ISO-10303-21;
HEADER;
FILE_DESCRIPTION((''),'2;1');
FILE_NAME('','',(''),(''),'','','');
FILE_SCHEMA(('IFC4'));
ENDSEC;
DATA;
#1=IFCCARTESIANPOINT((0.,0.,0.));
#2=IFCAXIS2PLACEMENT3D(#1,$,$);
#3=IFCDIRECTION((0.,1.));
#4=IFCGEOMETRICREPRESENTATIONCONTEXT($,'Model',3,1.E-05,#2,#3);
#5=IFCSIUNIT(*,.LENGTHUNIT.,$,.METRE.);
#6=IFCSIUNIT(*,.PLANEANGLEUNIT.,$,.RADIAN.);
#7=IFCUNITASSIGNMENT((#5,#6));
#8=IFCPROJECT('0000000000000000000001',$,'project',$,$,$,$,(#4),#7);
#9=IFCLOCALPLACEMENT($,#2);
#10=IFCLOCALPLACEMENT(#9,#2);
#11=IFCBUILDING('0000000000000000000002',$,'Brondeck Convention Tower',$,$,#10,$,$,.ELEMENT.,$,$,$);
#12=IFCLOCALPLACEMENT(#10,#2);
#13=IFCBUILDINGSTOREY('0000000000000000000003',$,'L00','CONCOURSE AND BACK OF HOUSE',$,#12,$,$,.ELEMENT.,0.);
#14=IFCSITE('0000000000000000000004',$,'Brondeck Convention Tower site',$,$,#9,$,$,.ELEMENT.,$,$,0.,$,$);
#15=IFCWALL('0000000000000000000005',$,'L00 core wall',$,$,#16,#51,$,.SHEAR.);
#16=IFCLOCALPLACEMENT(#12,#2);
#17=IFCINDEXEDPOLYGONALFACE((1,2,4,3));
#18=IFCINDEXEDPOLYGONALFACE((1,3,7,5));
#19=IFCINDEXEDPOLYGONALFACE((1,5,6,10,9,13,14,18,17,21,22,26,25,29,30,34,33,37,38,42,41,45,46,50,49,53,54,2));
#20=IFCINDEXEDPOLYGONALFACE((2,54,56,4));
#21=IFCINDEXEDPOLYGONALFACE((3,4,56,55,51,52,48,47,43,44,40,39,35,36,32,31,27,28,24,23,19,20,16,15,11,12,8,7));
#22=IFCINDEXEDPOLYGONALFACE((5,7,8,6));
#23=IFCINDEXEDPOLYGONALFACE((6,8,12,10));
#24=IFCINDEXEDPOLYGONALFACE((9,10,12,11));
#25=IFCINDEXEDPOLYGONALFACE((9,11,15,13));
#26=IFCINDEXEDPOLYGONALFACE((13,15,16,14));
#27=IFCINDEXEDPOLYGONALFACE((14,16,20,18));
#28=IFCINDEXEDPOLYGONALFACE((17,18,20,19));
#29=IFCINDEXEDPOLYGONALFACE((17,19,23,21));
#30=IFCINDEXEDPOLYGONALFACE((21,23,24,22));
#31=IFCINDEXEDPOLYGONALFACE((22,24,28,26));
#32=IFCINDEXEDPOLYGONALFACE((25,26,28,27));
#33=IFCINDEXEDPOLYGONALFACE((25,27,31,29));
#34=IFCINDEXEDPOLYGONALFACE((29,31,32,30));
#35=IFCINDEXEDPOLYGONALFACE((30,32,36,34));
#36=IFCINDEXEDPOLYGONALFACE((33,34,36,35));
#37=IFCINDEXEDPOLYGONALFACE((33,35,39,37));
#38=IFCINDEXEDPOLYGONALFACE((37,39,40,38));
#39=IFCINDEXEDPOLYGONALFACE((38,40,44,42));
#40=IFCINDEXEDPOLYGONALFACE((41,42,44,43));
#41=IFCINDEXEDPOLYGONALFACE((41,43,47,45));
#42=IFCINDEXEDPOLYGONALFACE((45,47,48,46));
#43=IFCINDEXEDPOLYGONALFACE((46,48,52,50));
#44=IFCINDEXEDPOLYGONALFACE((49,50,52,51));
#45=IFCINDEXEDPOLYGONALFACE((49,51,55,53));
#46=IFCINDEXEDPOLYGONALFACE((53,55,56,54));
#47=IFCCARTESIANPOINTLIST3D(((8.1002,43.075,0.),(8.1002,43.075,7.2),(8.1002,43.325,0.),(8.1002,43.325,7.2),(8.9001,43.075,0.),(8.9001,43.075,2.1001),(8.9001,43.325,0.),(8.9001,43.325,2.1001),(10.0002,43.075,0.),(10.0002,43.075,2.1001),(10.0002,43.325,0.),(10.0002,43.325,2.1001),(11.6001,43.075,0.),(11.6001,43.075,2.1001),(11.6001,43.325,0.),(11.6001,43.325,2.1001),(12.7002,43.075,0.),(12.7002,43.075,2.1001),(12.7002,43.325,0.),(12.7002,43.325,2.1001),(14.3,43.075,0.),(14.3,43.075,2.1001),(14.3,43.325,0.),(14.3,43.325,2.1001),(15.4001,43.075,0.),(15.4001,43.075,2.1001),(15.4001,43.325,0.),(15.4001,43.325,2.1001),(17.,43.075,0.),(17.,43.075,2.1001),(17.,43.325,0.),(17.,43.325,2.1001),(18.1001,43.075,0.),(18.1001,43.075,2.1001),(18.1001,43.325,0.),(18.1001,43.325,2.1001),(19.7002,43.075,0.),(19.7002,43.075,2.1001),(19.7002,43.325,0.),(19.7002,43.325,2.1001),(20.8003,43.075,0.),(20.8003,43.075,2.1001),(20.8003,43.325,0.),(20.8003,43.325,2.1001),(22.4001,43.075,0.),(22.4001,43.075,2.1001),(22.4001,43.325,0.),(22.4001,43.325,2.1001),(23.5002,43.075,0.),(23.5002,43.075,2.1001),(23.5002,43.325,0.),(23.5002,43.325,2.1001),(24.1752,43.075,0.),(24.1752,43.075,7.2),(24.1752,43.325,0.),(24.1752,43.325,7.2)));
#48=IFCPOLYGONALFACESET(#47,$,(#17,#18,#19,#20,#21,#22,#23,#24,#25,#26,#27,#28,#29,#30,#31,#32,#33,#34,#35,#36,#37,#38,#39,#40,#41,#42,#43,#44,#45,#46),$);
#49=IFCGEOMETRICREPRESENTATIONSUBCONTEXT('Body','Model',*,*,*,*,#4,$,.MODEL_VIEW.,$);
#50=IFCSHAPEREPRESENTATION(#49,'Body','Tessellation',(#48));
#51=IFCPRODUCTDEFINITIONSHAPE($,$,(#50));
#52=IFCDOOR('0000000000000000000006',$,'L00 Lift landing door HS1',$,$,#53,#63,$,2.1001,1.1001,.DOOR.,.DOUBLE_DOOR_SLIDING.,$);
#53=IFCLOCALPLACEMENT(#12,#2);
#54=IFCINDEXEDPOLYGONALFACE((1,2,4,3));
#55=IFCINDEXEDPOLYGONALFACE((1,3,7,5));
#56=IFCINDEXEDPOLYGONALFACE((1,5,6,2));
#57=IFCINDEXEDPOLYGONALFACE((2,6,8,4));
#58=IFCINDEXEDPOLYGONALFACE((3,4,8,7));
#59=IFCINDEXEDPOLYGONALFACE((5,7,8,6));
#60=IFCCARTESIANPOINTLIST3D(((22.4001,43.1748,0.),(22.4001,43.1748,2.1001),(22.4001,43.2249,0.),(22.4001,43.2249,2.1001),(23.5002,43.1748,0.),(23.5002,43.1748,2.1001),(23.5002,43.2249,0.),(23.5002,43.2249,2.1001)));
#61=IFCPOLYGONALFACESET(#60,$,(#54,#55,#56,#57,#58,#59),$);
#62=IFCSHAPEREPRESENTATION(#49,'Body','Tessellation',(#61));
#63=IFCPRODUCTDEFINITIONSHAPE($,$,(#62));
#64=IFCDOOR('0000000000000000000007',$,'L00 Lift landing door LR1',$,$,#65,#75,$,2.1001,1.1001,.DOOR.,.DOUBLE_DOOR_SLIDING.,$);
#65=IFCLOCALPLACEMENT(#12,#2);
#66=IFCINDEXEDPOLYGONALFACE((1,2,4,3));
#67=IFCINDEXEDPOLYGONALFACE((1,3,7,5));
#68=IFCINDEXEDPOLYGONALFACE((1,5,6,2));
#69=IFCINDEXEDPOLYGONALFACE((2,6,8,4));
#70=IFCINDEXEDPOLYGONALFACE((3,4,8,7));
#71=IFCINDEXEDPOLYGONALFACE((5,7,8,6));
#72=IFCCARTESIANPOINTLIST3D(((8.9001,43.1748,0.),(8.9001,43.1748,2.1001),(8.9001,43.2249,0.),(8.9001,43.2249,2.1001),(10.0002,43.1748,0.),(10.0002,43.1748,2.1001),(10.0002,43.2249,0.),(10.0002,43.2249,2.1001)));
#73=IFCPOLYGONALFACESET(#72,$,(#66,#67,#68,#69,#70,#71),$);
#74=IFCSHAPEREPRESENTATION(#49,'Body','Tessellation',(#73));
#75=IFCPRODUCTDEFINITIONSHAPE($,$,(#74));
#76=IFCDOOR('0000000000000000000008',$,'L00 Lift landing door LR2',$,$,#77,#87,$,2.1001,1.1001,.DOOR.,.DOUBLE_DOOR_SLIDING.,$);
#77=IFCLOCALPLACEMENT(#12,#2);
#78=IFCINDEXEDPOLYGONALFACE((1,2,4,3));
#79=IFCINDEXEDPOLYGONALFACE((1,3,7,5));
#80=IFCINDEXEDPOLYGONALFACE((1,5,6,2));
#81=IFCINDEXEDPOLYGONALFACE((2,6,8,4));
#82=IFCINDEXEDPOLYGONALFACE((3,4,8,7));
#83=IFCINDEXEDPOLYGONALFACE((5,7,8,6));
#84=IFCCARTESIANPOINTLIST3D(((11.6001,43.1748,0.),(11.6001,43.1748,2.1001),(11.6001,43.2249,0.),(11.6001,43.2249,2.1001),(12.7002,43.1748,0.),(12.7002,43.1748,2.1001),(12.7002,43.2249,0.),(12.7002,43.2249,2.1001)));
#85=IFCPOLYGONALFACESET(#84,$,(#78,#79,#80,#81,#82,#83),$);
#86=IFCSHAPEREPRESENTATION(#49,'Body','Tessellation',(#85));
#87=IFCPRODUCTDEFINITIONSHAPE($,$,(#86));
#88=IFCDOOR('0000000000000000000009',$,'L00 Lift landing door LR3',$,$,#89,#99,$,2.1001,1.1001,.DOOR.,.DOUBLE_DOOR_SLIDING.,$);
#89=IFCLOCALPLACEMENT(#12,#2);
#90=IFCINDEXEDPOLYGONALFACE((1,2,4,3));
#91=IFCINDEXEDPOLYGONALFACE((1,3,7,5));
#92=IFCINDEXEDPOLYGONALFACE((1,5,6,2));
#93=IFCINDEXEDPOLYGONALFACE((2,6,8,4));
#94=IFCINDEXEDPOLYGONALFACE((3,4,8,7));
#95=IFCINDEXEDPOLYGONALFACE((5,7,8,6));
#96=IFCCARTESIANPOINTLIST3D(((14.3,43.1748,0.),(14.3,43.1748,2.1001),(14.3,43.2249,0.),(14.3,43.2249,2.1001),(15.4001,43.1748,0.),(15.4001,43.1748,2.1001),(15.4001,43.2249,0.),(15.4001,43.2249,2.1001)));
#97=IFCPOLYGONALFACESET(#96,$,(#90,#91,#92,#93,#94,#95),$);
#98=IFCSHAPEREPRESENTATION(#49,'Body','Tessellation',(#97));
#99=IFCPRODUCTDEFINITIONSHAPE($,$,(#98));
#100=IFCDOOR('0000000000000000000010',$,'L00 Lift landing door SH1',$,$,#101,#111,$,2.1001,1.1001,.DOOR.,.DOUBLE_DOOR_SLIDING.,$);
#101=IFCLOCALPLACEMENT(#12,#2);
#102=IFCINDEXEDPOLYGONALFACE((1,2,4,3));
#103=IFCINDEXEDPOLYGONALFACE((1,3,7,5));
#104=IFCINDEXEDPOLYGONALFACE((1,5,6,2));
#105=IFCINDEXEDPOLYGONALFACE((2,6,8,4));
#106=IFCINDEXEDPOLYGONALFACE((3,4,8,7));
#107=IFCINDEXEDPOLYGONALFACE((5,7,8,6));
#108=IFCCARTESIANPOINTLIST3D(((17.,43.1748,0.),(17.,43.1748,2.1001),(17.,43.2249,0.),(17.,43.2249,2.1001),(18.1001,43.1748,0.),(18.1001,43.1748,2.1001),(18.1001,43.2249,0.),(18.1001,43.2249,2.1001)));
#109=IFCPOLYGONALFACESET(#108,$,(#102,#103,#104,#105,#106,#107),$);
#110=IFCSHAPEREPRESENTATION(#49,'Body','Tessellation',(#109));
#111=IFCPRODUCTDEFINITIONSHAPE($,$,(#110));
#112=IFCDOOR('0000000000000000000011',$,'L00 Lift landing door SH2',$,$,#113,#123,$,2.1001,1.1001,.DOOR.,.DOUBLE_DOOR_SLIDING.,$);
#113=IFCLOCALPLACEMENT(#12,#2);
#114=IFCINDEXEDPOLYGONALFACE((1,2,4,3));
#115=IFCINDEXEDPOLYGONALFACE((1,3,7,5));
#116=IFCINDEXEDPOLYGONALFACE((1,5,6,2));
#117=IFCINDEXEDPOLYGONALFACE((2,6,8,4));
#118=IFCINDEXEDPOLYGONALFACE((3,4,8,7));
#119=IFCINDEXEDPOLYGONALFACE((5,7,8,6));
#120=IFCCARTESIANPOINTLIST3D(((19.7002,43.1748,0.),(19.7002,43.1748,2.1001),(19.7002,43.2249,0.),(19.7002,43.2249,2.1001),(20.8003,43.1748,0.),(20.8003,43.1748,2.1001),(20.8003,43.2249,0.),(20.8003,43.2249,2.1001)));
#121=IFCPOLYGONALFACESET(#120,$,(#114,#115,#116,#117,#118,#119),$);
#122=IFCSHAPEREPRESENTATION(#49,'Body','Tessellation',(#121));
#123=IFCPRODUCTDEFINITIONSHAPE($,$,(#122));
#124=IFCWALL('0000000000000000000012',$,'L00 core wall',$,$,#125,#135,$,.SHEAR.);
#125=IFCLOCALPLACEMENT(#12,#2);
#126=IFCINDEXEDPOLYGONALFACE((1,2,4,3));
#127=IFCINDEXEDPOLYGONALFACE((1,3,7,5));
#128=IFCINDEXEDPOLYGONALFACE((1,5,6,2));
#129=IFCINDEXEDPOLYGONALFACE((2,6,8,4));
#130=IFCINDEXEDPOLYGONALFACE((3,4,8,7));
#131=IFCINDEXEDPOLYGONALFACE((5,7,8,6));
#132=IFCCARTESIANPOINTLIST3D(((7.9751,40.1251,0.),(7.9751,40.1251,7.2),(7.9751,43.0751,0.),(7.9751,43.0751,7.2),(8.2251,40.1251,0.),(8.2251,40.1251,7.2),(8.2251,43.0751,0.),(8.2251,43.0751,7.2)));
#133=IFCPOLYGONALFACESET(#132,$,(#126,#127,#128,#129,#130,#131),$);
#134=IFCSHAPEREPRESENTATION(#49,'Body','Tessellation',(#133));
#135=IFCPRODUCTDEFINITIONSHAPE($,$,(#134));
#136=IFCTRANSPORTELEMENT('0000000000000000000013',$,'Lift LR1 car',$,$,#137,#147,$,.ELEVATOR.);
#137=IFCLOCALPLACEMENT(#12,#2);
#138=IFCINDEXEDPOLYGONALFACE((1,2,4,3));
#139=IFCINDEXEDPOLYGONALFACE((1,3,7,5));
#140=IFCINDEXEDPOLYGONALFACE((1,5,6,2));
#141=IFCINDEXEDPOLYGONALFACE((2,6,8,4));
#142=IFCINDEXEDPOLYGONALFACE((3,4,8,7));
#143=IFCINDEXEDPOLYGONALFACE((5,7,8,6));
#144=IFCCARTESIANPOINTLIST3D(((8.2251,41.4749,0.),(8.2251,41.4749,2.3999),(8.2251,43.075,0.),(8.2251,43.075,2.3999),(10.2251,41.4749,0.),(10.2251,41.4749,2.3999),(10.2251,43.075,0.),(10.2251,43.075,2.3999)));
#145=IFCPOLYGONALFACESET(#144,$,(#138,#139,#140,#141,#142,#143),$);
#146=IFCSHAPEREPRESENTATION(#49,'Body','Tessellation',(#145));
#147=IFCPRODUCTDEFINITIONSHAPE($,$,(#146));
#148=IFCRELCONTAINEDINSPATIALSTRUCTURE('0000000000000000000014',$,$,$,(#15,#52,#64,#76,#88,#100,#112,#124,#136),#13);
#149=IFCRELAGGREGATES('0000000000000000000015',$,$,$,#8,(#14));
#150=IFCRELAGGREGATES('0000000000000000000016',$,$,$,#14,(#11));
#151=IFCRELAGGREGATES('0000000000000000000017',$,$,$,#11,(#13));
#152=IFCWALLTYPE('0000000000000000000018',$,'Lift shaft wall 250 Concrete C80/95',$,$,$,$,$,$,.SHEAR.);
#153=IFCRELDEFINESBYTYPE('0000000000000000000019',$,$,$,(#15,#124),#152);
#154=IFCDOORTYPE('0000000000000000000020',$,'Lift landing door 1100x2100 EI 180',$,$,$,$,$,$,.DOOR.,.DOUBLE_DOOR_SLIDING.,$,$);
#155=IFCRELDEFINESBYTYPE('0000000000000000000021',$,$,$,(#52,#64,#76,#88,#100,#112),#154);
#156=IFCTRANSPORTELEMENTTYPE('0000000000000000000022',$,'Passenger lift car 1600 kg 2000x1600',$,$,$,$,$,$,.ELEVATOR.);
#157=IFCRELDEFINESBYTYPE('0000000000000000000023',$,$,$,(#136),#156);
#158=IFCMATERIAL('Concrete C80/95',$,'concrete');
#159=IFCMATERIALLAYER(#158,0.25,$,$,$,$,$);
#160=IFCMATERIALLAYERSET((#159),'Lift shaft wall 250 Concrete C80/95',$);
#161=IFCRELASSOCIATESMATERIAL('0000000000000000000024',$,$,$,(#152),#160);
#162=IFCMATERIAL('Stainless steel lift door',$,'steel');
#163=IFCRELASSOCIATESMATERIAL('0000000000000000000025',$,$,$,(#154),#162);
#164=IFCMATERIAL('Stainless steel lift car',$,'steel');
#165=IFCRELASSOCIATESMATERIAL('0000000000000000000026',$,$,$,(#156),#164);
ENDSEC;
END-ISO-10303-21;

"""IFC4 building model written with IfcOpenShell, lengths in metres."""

from ifc_helpers import new_model, si_unit, direction, frame, frame_2d, origin, origin_2d, place, context, subcontext, project, spatial, rectangle, extrude, material, layer, layer_set, type_object, element, fill, save


model = new_model("IFC4")

# Units and contexts
model_context = context("Model", 3, precision=1e-05, world=origin(), true_north=direction((0.0, 1.0)))
body_context = subcontext(model_context, "Body", "Model", "MODEL_VIEW")
ifc_project = project(units=[si_unit("LENGTHUNIT", "METRE"), si_unit("PLANEANGLEUNIT", "RADIAN")], contexts=[model_context])

# Site, building, storey
site_placement = place(None, origin())
site = spatial("IfcSite", under=ifc_project, at=site_placement, Name="Brondeck Convention Tower site", CompositionType="ELEMENT", RefElevation=0.0)
building_placement = place(site_placement, origin())
building = spatial("IfcBuilding", under=site, at=building_placement, Name="Brondeck Convention Tower", CompositionType="ELEMENT")
storey_placement = place(building_placement, origin())
storey = spatial("IfcBuildingStorey", under=building, at=storey_placement, Name="L00", Description="CONCOURSE AND BACK OF HOUSE", CompositionType="ELEMENT", Elevation=0.0)

# Shared definitions
ifc_material_1 = material(Name="Concrete C80/95", Category="concrete")

# Wall, openings, doors
ifc_layer_1 = layer(ifc_material_1, 0.25)
ifc_layer_set_1 = layer_set([ifc_layer_1], Name="Lift shaft wall 250 Concrete C80/95")
wall_type_1 = type_object("IfcWallType", Name="Lift shaft wall 250 Concrete C80/95", PredefinedType="SHEAR", material=ifc_layer_set_1)
wall_1_placement = place(storey_placement, frame((8.1001, 43.2, 0.0), z_axis=(0.0, 0.0, 1.0), x_axis=(1.0, 0.0, 0.0)))
wall_1 = element("IfcWall", 1, at=wall_1_placement, inside=storey, type_object=wall_type_1, Name="L00 core wall", PredefinedType="SHEAR", context=body_context, shape_type="SweptSolid", body=[
    extrude(rectangle(XDim=16.075, YDim=0.25, at=frame_2d((8.0376, 0.0))), origin(), (0.0, 0.0, 1.0), 7.2),
])
opening_1_placement = place(wall_1_placement, frame((14.3, 0.0, 0.0)))
opening_1 = element("IfcOpeningElement", 2, at=opening_1_placement, cuts=wall_1, PredefinedType="OPENING", context=body_context, shape_type="SweptSolid", body=[
    extrude(rectangle(XDim=1.1001, YDim=2.1001, at=frame_2d((0.55, 1.05))), frame((0.0, 0.135, 0.0), z_axis=(0.0, -1.0, 0.0), x_axis=(1.0, 0.0, 0.0)), (0.0, 0.0, 1.0), 0.27),
])
opening_2_placement = place(wall_1_placement, frame((0.8, 0.0, 0.0)))
opening_2 = element("IfcOpeningElement", 3, at=opening_2_placement, cuts=wall_1, PredefinedType="OPENING", context=body_context, shape_type="SweptSolid", body=[
    extrude(rectangle(XDim=1.1001, YDim=2.1001, at=frame_2d((0.55, 1.05))), frame((0.0, 0.135, 0.0), z_axis=(0.0, -1.0, 0.0), x_axis=(1.0, 0.0, 0.0)), (0.0, 0.0, 1.0), 0.27),
])
opening_3_placement = place(wall_1_placement, frame((3.5, 0.0, 0.0)))
opening_3 = element("IfcOpeningElement", 4, at=opening_3_placement, cuts=wall_1, PredefinedType="OPENING", context=body_context, shape_type="SweptSolid", body=[
    extrude(rectangle(XDim=1.1001, YDim=2.1001, at=frame_2d((0.55, 1.05))), frame((0.0, 0.135, 0.0), z_axis=(0.0, -1.0, 0.0), x_axis=(1.0, 0.0, 0.0)), (0.0, 0.0, 1.0), 0.27),
])
opening_4_placement = place(wall_1_placement, frame((6.2, 0.0, 0.0)))
opening_4 = element("IfcOpeningElement", 5, at=opening_4_placement, cuts=wall_1, PredefinedType="OPENING", context=body_context, shape_type="SweptSolid", body=[
    extrude(rectangle(XDim=1.1001, YDim=2.1001, at=frame_2d((0.55, 1.05))), frame((0.0, 0.135, 0.0), z_axis=(0.0, -1.0, 0.0), x_axis=(1.0, 0.0, 0.0)), (0.0, 0.0, 1.0), 0.27),
])
opening_5_placement = place(wall_1_placement, frame((8.8999, 0.0, 0.0)))
opening_5 = element("IfcOpeningElement", 6, at=opening_5_placement, cuts=wall_1, PredefinedType="OPENING", context=body_context, shape_type="SweptSolid", body=[
    extrude(rectangle(XDim=1.1001, YDim=2.1001, at=frame_2d((0.55, 1.05))), frame((0.0, 0.135, 0.0), z_axis=(0.0, -1.0, 0.0), x_axis=(1.0, 0.0, 0.0)), (0.0, 0.0, 1.0), 0.27),
])
opening_6_placement = place(wall_1_placement, frame((11.6001, 0.0, 0.0)))
opening_6 = element("IfcOpeningElement", 7, at=opening_6_placement, cuts=wall_1, PredefinedType="OPENING", context=body_context, shape_type="SweptSolid", body=[
    extrude(rectangle(XDim=1.1001, YDim=2.1001, at=frame_2d((0.55, 1.05))), frame((0.0, 0.135, 0.0), z_axis=(0.0, -1.0, 0.0), x_axis=(1.0, 0.0, 0.0)), (0.0, 0.0, 1.0), 0.27),
])
ifc_material_2 = material(Name="Stainless steel lift door", Category="steel")
door_type_1 = type_object("IfcDoorType", Name="Lift landing door 1100x2100 EI 180", OperationType="DOUBLE_DOOR_SLIDING", PredefinedType="DOOR", material=ifc_material_2)
door_1_placement = place(opening_1_placement, origin())
door_1 = element("IfcDoor", 8, at=door_1_placement, inside=storey, type_object=door_type_1, Name="L00 Lift landing door HS1", OperationType="DOUBLE_DOOR_SLIDING", OverallHeight=2.1001, OverallWidth=1.1001, PredefinedType="DOOR", context=body_context, shape_type="SweptSolid", body=[
    extrude(rectangle(XDim=1.1001, YDim=2.1001, at=frame_2d((0.55, 1.05))), frame((0.0, 0.0249, 0.0), z_axis=(0.0, -1.0, 0.0), x_axis=(1.0, 0.0, 0.0)), (0.0, 0.0, 1.0), 0.05),
])
fill(opening_1, door_1)
door_2_placement = place(opening_2_placement, origin())
door_2 = element("IfcDoor", 9, at=door_2_placement, inside=storey, type_object=door_type_1, Name="L00 Lift landing door LR1", OperationType="DOUBLE_DOOR_SLIDING", OverallHeight=2.1001, OverallWidth=1.1001, PredefinedType="DOOR", context=body_context, shape_type="SweptSolid", body=[
    extrude(rectangle(XDim=1.1001, YDim=2.1001, at=frame_2d((0.55, 1.05))), frame((0.0, 0.0249, 0.0), z_axis=(0.0, -1.0, 0.0), x_axis=(1.0, 0.0, 0.0)), (0.0, 0.0, 1.0), 0.05),
])
fill(opening_2, door_2)
door_3_placement = place(opening_3_placement, origin())
door_3 = element("IfcDoor", 10, at=door_3_placement, inside=storey, type_object=door_type_1, Name="L00 Lift landing door LR2", OperationType="DOUBLE_DOOR_SLIDING", OverallHeight=2.1001, OverallWidth=1.1001, PredefinedType="DOOR", context=body_context, shape_type="SweptSolid", body=[
    extrude(rectangle(XDim=1.1001, YDim=2.1001, at=frame_2d((0.55, 1.05))), frame((0.0, 0.0249, 0.0), z_axis=(0.0, -1.0, 0.0), x_axis=(1.0, 0.0, 0.0)), (0.0, 0.0, 1.0), 0.05),
])
fill(opening_3, door_3)
door_4_placement = place(opening_4_placement, origin())
door_4 = element("IfcDoor", 11, at=door_4_placement, inside=storey, type_object=door_type_1, Name="L00 Lift landing door LR3", OperationType="DOUBLE_DOOR_SLIDING", OverallHeight=2.1001, OverallWidth=1.1001, PredefinedType="DOOR", context=body_context, shape_type="SweptSolid", body=[
    extrude(rectangle(XDim=1.1001, YDim=2.1001, at=frame_2d((0.55, 1.05))), frame((0.0, 0.0249, 0.0), z_axis=(0.0, -1.0, 0.0), x_axis=(1.0, 0.0, 0.0)), (0.0, 0.0, 1.0), 0.05),
])
fill(opening_4, door_4)
door_5_placement = place(opening_5_placement, origin())
door_5 = element("IfcDoor", 12, at=door_5_placement, inside=storey, type_object=door_type_1, Name="L00 Lift landing door SH1", OperationType="DOUBLE_DOOR_SLIDING", OverallHeight=2.1001, OverallWidth=1.1001, PredefinedType="DOOR", context=body_context, shape_type="SweptSolid", body=[
    extrude(rectangle(XDim=1.1001, YDim=2.1001, at=frame_2d((0.55, 1.05))), frame((0.0, 0.0249, 0.0), z_axis=(0.0, -1.0, 0.0), x_axis=(1.0, 0.0, 0.0)), (0.0, 0.0, 1.0), 0.05),
])
fill(opening_5, door_5)
door_6_placement = place(opening_6_placement, origin())
door_6 = element("IfcDoor", 13, at=door_6_placement, inside=storey, type_object=door_type_1, Name="L00 Lift landing door SH2", OperationType="DOUBLE_DOOR_SLIDING", OverallHeight=2.1001, OverallWidth=1.1001, PredefinedType="DOOR", context=body_context, shape_type="SweptSolid", body=[
    extrude(rectangle(XDim=1.1001, YDim=2.1001, at=frame_2d((0.55, 1.05))), frame((0.0, 0.0249, 0.0), z_axis=(0.0, -1.0, 0.0), x_axis=(1.0, 0.0, 0.0)), (0.0, 0.0, 1.0), 0.05),
])
fill(opening_6, door_6)

# Wall
wall_2_placement = place(storey_placement, frame((8.1001, 40.125, 0.0), z_axis=(0.0, 0.0, 1.0), x_axis=(0.0, 1.0, 0.0)))
element("IfcWall", 14, at=wall_2_placement, inside=storey, type_object=wall_type_1, Name="L00 core wall", PredefinedType="SHEAR", context=body_context, shape_type="SweptSolid", body=[
    extrude(rectangle(XDim=2.95, YDim=0.25, at=frame_2d((1.4751, 0.0))), origin(), (0.0, 0.0, 1.0), 7.2),
])

# Transport element
ifc_material_3 = material(Name="Stainless steel lift car", Category="steel")
transport_element_type = type_object("IfcTransportElementType", Name="Passenger lift car 1600 kg 2000x1600", PredefinedType="ELEVATOR", material=ifc_material_3)
transport_element_placement = place(storey_placement, frame((9.2251, 42.2749, 0.0), z_axis=(0.0, 0.0, 1.0), x_axis=(1.0, 0.0, 0.0)))
element("IfcTransportElement", 15, at=transport_element_placement, inside=storey, type_object=transport_element_type, Name="Lift LR1 car", PredefinedType="ELEVATOR", context=body_context, shape_type="SweptSolid", body=[
    extrude(rectangle(XDim=2.0, YDim=1.6001, at=origin_2d()), origin(), (0.0, 0.0, 1.0), 2.3999),
])

save(model, "model.ifc")
